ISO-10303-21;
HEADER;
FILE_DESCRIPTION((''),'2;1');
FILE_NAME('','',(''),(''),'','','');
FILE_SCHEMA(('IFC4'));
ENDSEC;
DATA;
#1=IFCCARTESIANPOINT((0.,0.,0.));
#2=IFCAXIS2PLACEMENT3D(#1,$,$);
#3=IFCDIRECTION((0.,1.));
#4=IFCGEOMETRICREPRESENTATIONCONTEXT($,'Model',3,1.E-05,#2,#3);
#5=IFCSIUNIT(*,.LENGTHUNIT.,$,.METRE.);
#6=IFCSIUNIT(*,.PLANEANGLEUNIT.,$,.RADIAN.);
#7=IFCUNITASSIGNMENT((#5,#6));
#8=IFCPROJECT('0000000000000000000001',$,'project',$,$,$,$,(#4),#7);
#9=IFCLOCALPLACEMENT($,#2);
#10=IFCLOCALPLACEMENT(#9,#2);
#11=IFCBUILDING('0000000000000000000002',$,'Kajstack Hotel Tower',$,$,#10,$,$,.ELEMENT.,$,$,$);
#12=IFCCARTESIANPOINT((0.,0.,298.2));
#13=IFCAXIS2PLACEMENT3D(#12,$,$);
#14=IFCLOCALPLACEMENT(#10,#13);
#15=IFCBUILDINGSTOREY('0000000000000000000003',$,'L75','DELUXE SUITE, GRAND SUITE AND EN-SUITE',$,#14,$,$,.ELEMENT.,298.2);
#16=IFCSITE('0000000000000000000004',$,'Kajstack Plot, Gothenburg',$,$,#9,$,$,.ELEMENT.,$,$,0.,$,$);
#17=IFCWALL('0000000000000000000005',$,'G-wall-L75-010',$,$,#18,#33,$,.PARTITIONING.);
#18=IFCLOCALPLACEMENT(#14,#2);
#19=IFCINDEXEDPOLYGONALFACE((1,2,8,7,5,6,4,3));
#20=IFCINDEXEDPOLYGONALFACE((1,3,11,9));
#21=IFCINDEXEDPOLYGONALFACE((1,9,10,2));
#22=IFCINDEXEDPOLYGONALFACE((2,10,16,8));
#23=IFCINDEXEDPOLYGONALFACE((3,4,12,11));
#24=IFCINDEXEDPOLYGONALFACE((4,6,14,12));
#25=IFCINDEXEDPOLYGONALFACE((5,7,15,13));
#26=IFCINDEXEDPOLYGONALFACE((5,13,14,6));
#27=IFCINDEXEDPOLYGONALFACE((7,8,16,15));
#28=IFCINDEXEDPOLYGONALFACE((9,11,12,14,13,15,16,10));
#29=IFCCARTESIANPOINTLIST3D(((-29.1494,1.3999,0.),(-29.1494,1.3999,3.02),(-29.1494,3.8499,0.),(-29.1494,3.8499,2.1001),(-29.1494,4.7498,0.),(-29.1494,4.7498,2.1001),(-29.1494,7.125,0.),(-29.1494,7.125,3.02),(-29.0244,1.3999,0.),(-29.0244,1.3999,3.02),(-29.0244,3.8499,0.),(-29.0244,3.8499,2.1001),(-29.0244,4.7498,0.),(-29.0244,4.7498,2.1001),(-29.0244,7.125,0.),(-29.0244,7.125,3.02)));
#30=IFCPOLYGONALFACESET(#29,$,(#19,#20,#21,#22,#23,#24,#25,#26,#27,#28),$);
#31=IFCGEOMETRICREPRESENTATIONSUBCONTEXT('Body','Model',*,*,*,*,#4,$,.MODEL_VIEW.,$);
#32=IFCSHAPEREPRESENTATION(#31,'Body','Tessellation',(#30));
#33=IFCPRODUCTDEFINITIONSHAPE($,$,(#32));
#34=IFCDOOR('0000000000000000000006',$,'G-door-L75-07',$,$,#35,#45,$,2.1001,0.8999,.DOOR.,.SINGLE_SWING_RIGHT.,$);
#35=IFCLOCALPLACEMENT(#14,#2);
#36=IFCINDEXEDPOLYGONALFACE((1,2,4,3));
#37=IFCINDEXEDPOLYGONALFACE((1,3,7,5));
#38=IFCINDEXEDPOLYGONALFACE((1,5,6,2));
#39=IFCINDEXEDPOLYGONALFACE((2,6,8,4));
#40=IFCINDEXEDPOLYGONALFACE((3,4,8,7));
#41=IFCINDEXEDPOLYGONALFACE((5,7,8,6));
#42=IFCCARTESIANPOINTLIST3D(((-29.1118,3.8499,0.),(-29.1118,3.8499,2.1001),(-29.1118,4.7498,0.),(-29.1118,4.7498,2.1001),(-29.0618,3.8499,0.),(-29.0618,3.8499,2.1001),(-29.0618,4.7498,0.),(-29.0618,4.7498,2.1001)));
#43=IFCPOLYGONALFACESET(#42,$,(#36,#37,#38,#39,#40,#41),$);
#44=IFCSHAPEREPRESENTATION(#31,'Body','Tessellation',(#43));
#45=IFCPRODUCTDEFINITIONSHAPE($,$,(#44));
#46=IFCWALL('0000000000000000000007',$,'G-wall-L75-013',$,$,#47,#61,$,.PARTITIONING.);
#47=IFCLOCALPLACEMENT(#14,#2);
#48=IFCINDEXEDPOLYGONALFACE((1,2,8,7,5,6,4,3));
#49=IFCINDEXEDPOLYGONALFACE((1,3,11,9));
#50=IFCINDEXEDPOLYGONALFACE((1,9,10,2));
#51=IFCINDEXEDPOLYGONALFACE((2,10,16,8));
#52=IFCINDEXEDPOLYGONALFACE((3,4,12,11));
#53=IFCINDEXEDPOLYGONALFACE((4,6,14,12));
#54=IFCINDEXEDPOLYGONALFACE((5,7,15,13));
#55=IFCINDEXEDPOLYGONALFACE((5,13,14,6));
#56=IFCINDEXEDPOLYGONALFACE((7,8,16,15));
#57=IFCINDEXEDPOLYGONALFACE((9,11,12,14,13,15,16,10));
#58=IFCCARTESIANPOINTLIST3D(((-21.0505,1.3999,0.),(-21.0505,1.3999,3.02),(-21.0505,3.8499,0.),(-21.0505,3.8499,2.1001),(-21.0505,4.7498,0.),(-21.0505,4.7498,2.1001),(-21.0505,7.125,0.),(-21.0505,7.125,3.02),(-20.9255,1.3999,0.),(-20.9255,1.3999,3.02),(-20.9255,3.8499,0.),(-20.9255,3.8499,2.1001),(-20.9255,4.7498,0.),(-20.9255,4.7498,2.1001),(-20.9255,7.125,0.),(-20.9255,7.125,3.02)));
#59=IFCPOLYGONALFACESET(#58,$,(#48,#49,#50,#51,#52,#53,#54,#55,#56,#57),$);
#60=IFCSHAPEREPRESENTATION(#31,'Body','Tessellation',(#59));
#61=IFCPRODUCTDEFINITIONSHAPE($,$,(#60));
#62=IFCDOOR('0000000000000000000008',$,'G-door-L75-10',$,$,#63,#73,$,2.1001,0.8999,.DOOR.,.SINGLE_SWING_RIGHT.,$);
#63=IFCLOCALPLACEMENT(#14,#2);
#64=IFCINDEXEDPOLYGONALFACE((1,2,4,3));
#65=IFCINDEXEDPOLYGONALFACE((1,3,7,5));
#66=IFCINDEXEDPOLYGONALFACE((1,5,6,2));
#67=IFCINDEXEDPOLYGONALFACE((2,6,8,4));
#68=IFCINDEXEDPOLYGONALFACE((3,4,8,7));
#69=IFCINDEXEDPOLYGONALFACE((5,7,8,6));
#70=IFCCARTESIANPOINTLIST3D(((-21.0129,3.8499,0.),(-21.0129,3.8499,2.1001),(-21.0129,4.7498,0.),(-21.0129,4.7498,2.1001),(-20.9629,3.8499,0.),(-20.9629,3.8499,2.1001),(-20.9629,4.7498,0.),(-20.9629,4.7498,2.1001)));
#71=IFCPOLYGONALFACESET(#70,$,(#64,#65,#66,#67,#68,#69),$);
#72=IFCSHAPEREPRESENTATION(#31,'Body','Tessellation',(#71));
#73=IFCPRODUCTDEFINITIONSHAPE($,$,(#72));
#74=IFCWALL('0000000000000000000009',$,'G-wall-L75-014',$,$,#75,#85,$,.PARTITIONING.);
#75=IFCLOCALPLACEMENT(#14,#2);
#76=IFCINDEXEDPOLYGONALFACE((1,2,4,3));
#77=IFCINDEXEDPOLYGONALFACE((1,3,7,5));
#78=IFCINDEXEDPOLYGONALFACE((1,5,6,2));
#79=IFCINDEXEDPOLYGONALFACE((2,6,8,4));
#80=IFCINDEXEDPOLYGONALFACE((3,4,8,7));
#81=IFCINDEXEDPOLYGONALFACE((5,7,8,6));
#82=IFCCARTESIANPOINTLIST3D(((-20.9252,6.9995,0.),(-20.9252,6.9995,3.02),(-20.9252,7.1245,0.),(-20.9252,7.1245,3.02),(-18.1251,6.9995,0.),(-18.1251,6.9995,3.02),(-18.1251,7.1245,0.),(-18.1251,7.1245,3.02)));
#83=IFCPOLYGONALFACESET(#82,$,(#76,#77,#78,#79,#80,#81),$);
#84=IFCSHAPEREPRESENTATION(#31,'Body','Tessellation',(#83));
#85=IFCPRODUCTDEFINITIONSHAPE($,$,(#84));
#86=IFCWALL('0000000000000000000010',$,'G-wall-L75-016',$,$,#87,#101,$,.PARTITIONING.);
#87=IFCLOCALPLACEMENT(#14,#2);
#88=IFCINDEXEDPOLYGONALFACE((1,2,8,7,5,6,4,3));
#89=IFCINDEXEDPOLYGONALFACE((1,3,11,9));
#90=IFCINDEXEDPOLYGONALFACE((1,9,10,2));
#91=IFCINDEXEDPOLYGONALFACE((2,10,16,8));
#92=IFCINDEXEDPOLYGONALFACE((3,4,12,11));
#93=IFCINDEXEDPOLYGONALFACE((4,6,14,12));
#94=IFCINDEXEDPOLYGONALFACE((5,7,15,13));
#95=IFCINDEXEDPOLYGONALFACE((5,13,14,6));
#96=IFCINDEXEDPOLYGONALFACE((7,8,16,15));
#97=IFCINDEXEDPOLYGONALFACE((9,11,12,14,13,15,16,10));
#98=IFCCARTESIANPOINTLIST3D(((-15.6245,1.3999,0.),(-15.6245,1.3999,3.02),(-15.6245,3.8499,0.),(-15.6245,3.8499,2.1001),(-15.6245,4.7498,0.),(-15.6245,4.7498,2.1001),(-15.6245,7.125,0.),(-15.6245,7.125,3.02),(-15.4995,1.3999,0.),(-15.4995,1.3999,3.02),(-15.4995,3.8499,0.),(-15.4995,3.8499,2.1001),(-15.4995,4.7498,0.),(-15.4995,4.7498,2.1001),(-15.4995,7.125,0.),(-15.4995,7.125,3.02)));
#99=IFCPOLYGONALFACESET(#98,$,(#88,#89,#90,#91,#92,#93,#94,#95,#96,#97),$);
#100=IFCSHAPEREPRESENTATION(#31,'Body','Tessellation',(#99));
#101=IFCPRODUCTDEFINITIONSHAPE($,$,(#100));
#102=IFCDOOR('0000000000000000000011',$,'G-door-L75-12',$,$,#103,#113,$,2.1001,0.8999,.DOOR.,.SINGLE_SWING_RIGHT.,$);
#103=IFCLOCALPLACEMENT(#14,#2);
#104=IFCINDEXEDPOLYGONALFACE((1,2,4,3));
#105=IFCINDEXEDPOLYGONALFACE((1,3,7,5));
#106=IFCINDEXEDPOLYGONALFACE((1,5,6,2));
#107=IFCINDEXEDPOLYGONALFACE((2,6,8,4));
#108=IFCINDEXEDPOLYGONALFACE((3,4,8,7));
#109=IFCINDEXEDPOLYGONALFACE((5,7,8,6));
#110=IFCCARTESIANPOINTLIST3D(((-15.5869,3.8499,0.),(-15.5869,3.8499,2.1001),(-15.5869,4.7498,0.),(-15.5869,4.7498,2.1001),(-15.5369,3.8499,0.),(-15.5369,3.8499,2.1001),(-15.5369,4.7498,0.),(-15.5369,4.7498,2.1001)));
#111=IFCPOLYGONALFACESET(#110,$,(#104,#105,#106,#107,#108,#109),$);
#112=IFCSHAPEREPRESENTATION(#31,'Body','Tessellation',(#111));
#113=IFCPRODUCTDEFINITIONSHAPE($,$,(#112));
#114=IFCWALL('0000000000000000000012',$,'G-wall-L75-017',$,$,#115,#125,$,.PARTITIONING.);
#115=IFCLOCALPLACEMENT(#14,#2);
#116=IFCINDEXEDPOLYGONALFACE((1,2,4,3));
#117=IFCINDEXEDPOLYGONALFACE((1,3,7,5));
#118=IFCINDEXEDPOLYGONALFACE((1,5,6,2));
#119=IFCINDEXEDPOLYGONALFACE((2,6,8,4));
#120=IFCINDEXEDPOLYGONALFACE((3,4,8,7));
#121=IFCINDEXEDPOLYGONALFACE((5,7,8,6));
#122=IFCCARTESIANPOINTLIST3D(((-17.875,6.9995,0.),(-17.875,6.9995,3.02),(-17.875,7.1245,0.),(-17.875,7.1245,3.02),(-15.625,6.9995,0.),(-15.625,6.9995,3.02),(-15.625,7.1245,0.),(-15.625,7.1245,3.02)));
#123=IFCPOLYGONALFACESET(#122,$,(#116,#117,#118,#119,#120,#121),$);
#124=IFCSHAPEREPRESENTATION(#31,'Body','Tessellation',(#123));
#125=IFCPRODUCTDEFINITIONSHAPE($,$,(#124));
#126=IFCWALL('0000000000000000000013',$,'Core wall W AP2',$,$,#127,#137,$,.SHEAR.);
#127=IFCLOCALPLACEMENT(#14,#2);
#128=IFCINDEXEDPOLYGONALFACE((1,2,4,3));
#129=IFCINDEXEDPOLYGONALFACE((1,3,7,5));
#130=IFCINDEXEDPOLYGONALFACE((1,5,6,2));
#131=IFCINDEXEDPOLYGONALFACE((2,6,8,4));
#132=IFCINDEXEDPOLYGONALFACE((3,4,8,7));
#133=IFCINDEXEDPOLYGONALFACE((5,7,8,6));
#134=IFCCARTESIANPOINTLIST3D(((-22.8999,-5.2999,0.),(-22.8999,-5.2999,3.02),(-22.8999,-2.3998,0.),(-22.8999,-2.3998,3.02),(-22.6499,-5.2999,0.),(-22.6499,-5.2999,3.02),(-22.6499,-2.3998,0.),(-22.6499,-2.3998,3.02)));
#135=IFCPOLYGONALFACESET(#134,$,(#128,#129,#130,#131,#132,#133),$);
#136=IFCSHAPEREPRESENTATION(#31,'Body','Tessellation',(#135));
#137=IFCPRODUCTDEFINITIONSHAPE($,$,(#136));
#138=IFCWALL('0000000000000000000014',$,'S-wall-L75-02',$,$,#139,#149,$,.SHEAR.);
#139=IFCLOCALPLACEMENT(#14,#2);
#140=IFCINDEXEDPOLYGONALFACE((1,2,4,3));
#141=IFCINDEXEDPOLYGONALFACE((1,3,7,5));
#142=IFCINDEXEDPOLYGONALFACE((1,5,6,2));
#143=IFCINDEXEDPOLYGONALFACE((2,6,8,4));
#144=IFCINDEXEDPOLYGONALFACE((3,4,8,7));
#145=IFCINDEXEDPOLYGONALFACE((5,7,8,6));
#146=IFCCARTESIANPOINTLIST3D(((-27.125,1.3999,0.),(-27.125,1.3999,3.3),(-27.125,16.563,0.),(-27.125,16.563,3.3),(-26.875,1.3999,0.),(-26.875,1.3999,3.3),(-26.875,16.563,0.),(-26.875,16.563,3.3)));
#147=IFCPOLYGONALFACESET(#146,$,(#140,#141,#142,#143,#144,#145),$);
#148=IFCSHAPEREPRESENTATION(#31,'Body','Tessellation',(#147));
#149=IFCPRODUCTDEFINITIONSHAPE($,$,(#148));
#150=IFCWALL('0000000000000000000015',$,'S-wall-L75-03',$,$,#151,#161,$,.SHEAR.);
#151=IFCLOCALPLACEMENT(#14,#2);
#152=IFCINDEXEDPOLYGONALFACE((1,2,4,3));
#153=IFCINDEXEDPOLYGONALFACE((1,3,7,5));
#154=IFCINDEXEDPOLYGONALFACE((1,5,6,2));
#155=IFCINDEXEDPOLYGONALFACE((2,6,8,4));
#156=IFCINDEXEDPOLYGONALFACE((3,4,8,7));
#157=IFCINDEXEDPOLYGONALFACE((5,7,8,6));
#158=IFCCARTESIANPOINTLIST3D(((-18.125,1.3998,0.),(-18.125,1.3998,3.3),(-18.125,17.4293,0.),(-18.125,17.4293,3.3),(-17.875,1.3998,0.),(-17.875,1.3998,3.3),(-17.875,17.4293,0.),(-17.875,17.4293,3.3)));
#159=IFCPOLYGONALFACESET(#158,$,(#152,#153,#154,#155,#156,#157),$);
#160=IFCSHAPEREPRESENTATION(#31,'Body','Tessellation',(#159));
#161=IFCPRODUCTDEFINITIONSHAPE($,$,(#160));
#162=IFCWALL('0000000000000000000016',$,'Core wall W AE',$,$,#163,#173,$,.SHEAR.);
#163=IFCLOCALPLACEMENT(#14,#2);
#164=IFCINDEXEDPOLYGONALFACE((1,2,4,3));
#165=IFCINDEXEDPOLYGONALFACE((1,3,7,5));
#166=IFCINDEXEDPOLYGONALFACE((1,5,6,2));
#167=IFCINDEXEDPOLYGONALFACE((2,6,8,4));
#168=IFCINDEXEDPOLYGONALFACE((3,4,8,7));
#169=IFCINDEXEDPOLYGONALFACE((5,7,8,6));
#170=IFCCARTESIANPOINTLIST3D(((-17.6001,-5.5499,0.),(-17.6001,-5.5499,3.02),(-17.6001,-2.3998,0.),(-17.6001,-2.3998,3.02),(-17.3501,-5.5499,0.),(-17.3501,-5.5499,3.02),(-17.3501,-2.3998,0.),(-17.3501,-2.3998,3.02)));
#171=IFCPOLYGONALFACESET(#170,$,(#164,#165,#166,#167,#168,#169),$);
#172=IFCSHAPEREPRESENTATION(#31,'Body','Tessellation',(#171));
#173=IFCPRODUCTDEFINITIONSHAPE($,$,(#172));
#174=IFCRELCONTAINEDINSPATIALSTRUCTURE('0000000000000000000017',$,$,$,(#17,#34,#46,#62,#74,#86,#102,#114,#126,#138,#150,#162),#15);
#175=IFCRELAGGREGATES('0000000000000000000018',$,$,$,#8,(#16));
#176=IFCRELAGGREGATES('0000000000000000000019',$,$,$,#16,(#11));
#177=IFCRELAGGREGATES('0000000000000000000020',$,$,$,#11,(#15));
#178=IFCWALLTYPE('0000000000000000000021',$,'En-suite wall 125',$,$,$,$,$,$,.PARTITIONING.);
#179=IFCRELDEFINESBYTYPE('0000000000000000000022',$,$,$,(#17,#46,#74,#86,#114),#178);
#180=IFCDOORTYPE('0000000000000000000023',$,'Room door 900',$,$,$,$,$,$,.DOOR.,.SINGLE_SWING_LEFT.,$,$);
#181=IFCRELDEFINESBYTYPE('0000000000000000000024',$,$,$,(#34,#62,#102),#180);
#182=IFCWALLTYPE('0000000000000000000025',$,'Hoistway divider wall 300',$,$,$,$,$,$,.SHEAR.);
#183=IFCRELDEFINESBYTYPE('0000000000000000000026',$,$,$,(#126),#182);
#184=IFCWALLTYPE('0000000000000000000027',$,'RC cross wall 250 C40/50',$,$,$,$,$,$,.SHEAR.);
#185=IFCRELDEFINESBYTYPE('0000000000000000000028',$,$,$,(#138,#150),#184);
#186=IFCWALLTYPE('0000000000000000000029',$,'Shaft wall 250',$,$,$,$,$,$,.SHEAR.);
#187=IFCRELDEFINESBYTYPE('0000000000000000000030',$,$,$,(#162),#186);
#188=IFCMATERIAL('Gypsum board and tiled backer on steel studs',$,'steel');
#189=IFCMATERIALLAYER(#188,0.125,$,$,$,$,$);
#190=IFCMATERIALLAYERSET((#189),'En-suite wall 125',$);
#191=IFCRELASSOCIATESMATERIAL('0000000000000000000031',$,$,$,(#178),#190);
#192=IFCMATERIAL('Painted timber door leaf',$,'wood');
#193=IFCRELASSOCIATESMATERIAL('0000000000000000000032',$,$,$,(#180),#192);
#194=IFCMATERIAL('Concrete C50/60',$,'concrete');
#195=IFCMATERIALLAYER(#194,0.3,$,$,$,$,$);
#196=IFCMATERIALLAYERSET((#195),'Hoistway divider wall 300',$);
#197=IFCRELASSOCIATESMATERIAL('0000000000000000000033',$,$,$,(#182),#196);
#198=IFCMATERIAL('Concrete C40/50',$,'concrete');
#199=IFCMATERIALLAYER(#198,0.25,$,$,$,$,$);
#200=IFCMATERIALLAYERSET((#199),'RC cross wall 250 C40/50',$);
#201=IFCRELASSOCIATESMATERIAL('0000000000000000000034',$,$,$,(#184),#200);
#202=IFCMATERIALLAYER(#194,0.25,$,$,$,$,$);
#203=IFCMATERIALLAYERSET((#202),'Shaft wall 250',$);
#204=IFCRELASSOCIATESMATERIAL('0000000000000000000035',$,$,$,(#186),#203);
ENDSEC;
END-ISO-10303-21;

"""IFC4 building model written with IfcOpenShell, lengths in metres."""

from ifc_helpers import new_model, si_unit, direction, frame, frame_2d, origin, place, context, subcontext, project, spatial, rectangle, extrude, material, layer, layer_set, type_object, element, fill, save


model = new_model("IFC4")

# Units and contexts
model_context = context("Model", 3, precision=1e-05, world=origin(), true_north=direction((0.0, 1.0)))
body_context = subcontext(model_context, "Body", "Model", "MODEL_VIEW")
ifc_project = project(units=[si_unit("LENGTHUNIT", "METRE"), si_unit("PLANEANGLEUNIT", "RADIAN")], contexts=[model_context])

# Site, building, storey
site_placement = place(None, origin())
site = spatial("IfcSite", under=ifc_project, at=site_placement, Name="Kajstack Plot, Gothenburg", CompositionType="ELEMENT", RefElevation=0.0)
building_placement = place(site_placement, origin())
building = spatial("IfcBuilding", under=site, at=building_placement, Name="Kajstack Hotel Tower", CompositionType="ELEMENT")
storey_placement = place(building_placement, frame((0.0, 0.0, 298.2)))
storey = spatial("IfcBuildingStorey", under=building, at=storey_placement, Name="L75", Description="DELUXE SUITE, GRAND SUITE AND EN-SUITE", CompositionType="ELEMENT", Elevation=298.2)

# Walls, openings, doors
ifc_material_1 = material(Name="Gypsum board and tiled backer on steel studs", Category="steel")
ifc_layer_1 = layer(ifc_material_1, 0.125)
ifc_layer_set_1 = layer_set([ifc_layer_1], Name="En-suite wall 125")
wall_type_1 = type_object("IfcWallType", Name="En-suite wall 125", PredefinedType="PARTITIONING", material=ifc_layer_set_1)
wall_1_placement = place(storey_placement, frame((-29.0869, 1.3999, 0.0), z_axis=(0.0, 0.0, 1.0), x_axis=(0.0, 1.0, 0.0)))
wall_1 = element("IfcWall", 1, at=wall_1_placement, inside=storey, type_object=wall_type_1, Name="G-wall-L75-010", PredefinedType="PARTITIONING", context=body_context, shape_type="SweptSolid", body=[
    extrude(rectangle(XDim=5.7251, YDim=0.125, at=frame_2d((2.8625, 0.0))), origin(), (0.0, 0.0, 1.0), 3.02),
])
opening_1_placement = place(wall_1_placement, frame((2.45, 0.0, 0.0)))
opening_1 = element("IfcOpeningElement", 2, at=opening_1_placement, cuts=wall_1, PredefinedType="OPENING", context=body_context, shape_type="SweptSolid", body=[
    extrude(rectangle(XDim=0.8999, YDim=2.1001, at=frame_2d((0.45, 1.05))), frame((0.0, 0.0725, 0.0), z_axis=(0.0, -1.0, 0.0), x_axis=(1.0, 0.0, 0.0)), (0.0, 0.0, 1.0), 0.145),
])
ifc_material_2 = material(Name="Painted timber door leaf", Category="wood")
door_type = type_object("IfcDoorType", Name="Room door 900", OperationType="SINGLE_SWING_LEFT", PredefinedType="DOOR", material=ifc_material_2)
door_1_placement = place(opening_1_placement, origin())
door_1 = element("IfcDoor", 3, at=door_1_placement, inside=storey, type_object=door_type, Name="G-door-L75-07", OperationType="SINGLE_SWING_RIGHT", OverallHeight=2.1001, OverallWidth=0.8999, PredefinedType="DOOR", context=body_context, shape_type="SweptSolid", body=[
    extrude(rectangle(XDim=0.8999, YDim=2.1001, at=frame_2d((0.45, 1.05))), frame((0.0, 0.0249, 0.0), z_axis=(0.0, -1.0, 0.0), x_axis=(1.0, 0.0, 0.0)), (0.0, 0.0, 1.0), 0.05),
])
fill(opening_1, door_1)
wall_2_placement = place(storey_placement, frame((-20.988, 1.3999, 0.0), z_axis=(0.0, 0.0, 1.0), x_axis=(0.0, 1.0, 0.0)))
wall_2 = element("IfcWall", 4, at=wall_2_placement, inside=storey, type_object=wall_type_1, Name="G-wall-L75-013", PredefinedType="PARTITIONING", context=body_context, shape_type="SweptSolid", body=[
    extrude(rectangle(XDim=5.7251, YDim=0.125, at=frame_2d((2.8625, 0.0))), origin(), (0.0, 0.0, 1.0), 3.02),
])
opening_2_placement = place(wall_2_placement, frame((2.45, 0.0, 0.0)))
opening_2 = element("IfcOpeningElement", 5, at=opening_2_placement, cuts=wall_2, PredefinedType="OPENING", context=body_context, shape_type="SweptSolid", body=[
    extrude(rectangle(XDim=0.8999, YDim=2.1001, at=frame_2d((0.45, 1.05))), frame((0.0, 0.0725, 0.0), z_axis=(0.0, -1.0, 0.0), x_axis=(1.0, 0.0, 0.0)), (0.0, 0.0, 1.0), 0.145),
])
door_2_placement = place(opening_2_placement, origin())
door_2 = element("IfcDoor", 6, at=door_2_placement, inside=storey, type_object=door_type, Name="G-door-L75-10", OperationType="SINGLE_SWING_RIGHT", OverallHeight=2.1001, OverallWidth=0.8999, PredefinedType="DOOR", context=body_context, shape_type="SweptSolid", body=[
    extrude(rectangle(XDim=0.8999, YDim=2.1001, at=frame_2d((0.45, 1.05))), frame((0.0, 0.0249, 0.0), z_axis=(0.0, -1.0, 0.0), x_axis=(1.0, 0.0, 0.0)), (0.0, 0.0, 1.0), 0.05),
])
fill(opening_2, door_2)

# Wall
wall_3_placement = place(storey_placement, frame((-20.925, 7.062, 0.0), z_axis=(0.0, 0.0, 1.0), x_axis=(1.0, 0.0, 0.0)))
element("IfcWall", 7, at=wall_3_placement, inside=storey, type_object=wall_type_1, Name="G-wall-L75-014", PredefinedType="PARTITIONING", context=body_context, shape_type="SweptSolid", body=[
    extrude(rectangle(XDim=2.8, YDim=0.125, at=frame_2d((1.3999, 0.0))), origin(), (0.0, 0.0, 1.0), 3.02),
])

# Wall, opening, door
wall_4_placement = place(storey_placement, frame((-15.562, 1.3999, 0.0), z_axis=(0.0, 0.0, 1.0), x_axis=(0.0, 1.0, 0.0)))
wall_4 = element("IfcWall", 8, at=wall_4_placement, inside=storey, type_object=wall_type_1, Name="G-wall-L75-016", PredefinedType="PARTITIONING", context=body_context, shape_type="SweptSolid", body=[
    extrude(rectangle(XDim=5.7251, YDim=0.125, at=frame_2d((2.8625, 0.0))), origin(), (0.0, 0.0, 1.0), 3.02),
])
opening_3_placement = place(wall_4_placement, frame((2.45, 0.0, 0.0)))
opening_3 = element("IfcOpeningElement", 9, at=opening_3_placement, cuts=wall_4, PredefinedType="OPENING", context=body_context, shape_type="SweptSolid", body=[
    extrude(rectangle(XDim=0.8999, YDim=2.1001, at=frame_2d((0.45, 1.05))), frame((0.0, 0.0725, 0.0), z_axis=(0.0, -1.0, 0.0), x_axis=(1.0, 0.0, 0.0)), (0.0, 0.0, 1.0), 0.145),
])
door_3_placement = place(opening_3_placement, origin())
door_3 = element("IfcDoor", 10, at=door_3_placement, inside=storey, type_object=door_type, Name="G-door-L75-12", OperationType="SINGLE_SWING_RIGHT", OverallHeight=2.1001, OverallWidth=0.8999, PredefinedType="DOOR", context=body_context, shape_type="SweptSolid", body=[
    extrude(rectangle(XDim=0.8999, YDim=2.1001, at=frame_2d((0.45, 1.05))), frame((0.0, 0.0249, 0.0), z_axis=(0.0, -1.0, 0.0), x_axis=(1.0, 0.0, 0.0)), (0.0, 0.0, 1.0), 0.05),
])
fill(opening_3, door_3)

# Walls
wall_5_placement = place(storey_placement, frame((-17.875, 7.062, 0.0), z_axis=(0.0, 0.0, 1.0), x_axis=(1.0, 0.0, 0.0)))
element("IfcWall", 11, at=wall_5_placement, inside=storey, type_object=wall_type_1, Name="G-wall-L75-017", PredefinedType="PARTITIONING", context=body_context, shape_type="SweptSolid", body=[
    extrude(rectangle(XDim=2.25, YDim=0.125, at=frame_2d((1.125, 0.0))), origin(), (0.0, 0.0, 1.0), 3.02),
])
ifc_material_3 = material(Name="Concrete C50/60", Category="concrete")
ifc_layer_2 = layer(ifc_material_3, 0.3)
ifc_layer_set_2 = layer_set([ifc_layer_2], Name="Hoistway divider wall 300")
wall_type_2 = type_object("IfcWallType", Name="Hoistway divider wall 300", PredefinedType="SHEAR", material=ifc_layer_set_2)
wall_6_placement = place(storey_placement, frame((-22.7749, -5.3, 0.0), z_axis=(0.0, 0.0, 1.0), x_axis=(0.0, 1.0, 0.0)))
element("IfcWall", 12, at=wall_6_placement, inside=storey, type_object=wall_type_2, Name="Core wall W AP2", PredefinedType="SHEAR", context=body_context, shape_type="SweptSolid", body=[
    extrude(rectangle(XDim=2.9001, YDim=0.25, at=frame_2d((1.4502, 0.0))), origin(), (0.0, 0.0, 1.0), 3.02),
])
ifc_material_4 = material(Name="Concrete C40/50", Category="concrete")
ifc_layer_3 = layer(ifc_material_4, 0.25)
ifc_layer_set_3 = layer_set([ifc_layer_3], Name="RC cross wall 250 C40/50")
wall_type_3 = type_object("IfcWallType", Name="RC cross wall 250 C40/50", PredefinedType="SHEAR", material=ifc_layer_set_3)
wall_7_placement = place(storey_placement, frame((-27.0, 1.3999, 0.0), z_axis=(0.0, 0.0, 1.0), x_axis=(0.0, 1.0, 0.0)))
element("IfcWall", 13, at=wall_7_placement, inside=storey, type_object=wall_type_3, Name="S-wall-L75-02", PredefinedType="SHEAR", context=body_context, shape_type="SweptSolid", body=[
    extrude(rectangle(XDim=15.1631, YDim=0.25, at=frame_2d((7.5815, 0.0))), origin(), (0.0, 0.0, 1.0), 3.3),
])
wall_8_placement = place(storey_placement, frame((-18.0, 1.3999, 0.0), z_axis=(0.0, 0.0, 1.0), x_axis=(0.0, 1.0, 0.0)))
element("IfcWall", 14, at=wall_8_placement, inside=storey, type_object=wall_type_3, Name="S-wall-L75-03", PredefinedType="SHEAR", context=body_context, shape_type="SweptSolid", body=[
    extrude(rectangle(XDim=16.0295, YDim=0.25, at=frame_2d((8.0146, 0.0))), origin(), (0.0, 0.0, 1.0), 3.3),
])
ifc_layer_4 = layer(ifc_material_3, 0.25)
ifc_layer_set_4 = layer_set([ifc_layer_4], Name="Shaft wall 250")
wall_type_4 = type_object("IfcWallType", Name="Shaft wall 250", PredefinedType="SHEAR", material=ifc_layer_set_4)
wall_9_placement = place(storey_placement, frame((-17.4751, -5.55, 0.0), z_axis=(0.0, 0.0, 1.0), x_axis=(0.0, 1.0, 0.0)))
element("IfcWall", 15, at=wall_9_placement, inside=storey, type_object=wall_type_4, Name="Core wall W AE", PredefinedType="SHEAR", context=body_context, shape_type="SweptSolid", body=[
    extrude(rectangle(XDim=3.1501, YDim=0.25, at=frame_2d((1.5752, 0.0))), origin(), (0.0, 0.0, 1.0), 3.02),
])

save(model, "model.ifc")
